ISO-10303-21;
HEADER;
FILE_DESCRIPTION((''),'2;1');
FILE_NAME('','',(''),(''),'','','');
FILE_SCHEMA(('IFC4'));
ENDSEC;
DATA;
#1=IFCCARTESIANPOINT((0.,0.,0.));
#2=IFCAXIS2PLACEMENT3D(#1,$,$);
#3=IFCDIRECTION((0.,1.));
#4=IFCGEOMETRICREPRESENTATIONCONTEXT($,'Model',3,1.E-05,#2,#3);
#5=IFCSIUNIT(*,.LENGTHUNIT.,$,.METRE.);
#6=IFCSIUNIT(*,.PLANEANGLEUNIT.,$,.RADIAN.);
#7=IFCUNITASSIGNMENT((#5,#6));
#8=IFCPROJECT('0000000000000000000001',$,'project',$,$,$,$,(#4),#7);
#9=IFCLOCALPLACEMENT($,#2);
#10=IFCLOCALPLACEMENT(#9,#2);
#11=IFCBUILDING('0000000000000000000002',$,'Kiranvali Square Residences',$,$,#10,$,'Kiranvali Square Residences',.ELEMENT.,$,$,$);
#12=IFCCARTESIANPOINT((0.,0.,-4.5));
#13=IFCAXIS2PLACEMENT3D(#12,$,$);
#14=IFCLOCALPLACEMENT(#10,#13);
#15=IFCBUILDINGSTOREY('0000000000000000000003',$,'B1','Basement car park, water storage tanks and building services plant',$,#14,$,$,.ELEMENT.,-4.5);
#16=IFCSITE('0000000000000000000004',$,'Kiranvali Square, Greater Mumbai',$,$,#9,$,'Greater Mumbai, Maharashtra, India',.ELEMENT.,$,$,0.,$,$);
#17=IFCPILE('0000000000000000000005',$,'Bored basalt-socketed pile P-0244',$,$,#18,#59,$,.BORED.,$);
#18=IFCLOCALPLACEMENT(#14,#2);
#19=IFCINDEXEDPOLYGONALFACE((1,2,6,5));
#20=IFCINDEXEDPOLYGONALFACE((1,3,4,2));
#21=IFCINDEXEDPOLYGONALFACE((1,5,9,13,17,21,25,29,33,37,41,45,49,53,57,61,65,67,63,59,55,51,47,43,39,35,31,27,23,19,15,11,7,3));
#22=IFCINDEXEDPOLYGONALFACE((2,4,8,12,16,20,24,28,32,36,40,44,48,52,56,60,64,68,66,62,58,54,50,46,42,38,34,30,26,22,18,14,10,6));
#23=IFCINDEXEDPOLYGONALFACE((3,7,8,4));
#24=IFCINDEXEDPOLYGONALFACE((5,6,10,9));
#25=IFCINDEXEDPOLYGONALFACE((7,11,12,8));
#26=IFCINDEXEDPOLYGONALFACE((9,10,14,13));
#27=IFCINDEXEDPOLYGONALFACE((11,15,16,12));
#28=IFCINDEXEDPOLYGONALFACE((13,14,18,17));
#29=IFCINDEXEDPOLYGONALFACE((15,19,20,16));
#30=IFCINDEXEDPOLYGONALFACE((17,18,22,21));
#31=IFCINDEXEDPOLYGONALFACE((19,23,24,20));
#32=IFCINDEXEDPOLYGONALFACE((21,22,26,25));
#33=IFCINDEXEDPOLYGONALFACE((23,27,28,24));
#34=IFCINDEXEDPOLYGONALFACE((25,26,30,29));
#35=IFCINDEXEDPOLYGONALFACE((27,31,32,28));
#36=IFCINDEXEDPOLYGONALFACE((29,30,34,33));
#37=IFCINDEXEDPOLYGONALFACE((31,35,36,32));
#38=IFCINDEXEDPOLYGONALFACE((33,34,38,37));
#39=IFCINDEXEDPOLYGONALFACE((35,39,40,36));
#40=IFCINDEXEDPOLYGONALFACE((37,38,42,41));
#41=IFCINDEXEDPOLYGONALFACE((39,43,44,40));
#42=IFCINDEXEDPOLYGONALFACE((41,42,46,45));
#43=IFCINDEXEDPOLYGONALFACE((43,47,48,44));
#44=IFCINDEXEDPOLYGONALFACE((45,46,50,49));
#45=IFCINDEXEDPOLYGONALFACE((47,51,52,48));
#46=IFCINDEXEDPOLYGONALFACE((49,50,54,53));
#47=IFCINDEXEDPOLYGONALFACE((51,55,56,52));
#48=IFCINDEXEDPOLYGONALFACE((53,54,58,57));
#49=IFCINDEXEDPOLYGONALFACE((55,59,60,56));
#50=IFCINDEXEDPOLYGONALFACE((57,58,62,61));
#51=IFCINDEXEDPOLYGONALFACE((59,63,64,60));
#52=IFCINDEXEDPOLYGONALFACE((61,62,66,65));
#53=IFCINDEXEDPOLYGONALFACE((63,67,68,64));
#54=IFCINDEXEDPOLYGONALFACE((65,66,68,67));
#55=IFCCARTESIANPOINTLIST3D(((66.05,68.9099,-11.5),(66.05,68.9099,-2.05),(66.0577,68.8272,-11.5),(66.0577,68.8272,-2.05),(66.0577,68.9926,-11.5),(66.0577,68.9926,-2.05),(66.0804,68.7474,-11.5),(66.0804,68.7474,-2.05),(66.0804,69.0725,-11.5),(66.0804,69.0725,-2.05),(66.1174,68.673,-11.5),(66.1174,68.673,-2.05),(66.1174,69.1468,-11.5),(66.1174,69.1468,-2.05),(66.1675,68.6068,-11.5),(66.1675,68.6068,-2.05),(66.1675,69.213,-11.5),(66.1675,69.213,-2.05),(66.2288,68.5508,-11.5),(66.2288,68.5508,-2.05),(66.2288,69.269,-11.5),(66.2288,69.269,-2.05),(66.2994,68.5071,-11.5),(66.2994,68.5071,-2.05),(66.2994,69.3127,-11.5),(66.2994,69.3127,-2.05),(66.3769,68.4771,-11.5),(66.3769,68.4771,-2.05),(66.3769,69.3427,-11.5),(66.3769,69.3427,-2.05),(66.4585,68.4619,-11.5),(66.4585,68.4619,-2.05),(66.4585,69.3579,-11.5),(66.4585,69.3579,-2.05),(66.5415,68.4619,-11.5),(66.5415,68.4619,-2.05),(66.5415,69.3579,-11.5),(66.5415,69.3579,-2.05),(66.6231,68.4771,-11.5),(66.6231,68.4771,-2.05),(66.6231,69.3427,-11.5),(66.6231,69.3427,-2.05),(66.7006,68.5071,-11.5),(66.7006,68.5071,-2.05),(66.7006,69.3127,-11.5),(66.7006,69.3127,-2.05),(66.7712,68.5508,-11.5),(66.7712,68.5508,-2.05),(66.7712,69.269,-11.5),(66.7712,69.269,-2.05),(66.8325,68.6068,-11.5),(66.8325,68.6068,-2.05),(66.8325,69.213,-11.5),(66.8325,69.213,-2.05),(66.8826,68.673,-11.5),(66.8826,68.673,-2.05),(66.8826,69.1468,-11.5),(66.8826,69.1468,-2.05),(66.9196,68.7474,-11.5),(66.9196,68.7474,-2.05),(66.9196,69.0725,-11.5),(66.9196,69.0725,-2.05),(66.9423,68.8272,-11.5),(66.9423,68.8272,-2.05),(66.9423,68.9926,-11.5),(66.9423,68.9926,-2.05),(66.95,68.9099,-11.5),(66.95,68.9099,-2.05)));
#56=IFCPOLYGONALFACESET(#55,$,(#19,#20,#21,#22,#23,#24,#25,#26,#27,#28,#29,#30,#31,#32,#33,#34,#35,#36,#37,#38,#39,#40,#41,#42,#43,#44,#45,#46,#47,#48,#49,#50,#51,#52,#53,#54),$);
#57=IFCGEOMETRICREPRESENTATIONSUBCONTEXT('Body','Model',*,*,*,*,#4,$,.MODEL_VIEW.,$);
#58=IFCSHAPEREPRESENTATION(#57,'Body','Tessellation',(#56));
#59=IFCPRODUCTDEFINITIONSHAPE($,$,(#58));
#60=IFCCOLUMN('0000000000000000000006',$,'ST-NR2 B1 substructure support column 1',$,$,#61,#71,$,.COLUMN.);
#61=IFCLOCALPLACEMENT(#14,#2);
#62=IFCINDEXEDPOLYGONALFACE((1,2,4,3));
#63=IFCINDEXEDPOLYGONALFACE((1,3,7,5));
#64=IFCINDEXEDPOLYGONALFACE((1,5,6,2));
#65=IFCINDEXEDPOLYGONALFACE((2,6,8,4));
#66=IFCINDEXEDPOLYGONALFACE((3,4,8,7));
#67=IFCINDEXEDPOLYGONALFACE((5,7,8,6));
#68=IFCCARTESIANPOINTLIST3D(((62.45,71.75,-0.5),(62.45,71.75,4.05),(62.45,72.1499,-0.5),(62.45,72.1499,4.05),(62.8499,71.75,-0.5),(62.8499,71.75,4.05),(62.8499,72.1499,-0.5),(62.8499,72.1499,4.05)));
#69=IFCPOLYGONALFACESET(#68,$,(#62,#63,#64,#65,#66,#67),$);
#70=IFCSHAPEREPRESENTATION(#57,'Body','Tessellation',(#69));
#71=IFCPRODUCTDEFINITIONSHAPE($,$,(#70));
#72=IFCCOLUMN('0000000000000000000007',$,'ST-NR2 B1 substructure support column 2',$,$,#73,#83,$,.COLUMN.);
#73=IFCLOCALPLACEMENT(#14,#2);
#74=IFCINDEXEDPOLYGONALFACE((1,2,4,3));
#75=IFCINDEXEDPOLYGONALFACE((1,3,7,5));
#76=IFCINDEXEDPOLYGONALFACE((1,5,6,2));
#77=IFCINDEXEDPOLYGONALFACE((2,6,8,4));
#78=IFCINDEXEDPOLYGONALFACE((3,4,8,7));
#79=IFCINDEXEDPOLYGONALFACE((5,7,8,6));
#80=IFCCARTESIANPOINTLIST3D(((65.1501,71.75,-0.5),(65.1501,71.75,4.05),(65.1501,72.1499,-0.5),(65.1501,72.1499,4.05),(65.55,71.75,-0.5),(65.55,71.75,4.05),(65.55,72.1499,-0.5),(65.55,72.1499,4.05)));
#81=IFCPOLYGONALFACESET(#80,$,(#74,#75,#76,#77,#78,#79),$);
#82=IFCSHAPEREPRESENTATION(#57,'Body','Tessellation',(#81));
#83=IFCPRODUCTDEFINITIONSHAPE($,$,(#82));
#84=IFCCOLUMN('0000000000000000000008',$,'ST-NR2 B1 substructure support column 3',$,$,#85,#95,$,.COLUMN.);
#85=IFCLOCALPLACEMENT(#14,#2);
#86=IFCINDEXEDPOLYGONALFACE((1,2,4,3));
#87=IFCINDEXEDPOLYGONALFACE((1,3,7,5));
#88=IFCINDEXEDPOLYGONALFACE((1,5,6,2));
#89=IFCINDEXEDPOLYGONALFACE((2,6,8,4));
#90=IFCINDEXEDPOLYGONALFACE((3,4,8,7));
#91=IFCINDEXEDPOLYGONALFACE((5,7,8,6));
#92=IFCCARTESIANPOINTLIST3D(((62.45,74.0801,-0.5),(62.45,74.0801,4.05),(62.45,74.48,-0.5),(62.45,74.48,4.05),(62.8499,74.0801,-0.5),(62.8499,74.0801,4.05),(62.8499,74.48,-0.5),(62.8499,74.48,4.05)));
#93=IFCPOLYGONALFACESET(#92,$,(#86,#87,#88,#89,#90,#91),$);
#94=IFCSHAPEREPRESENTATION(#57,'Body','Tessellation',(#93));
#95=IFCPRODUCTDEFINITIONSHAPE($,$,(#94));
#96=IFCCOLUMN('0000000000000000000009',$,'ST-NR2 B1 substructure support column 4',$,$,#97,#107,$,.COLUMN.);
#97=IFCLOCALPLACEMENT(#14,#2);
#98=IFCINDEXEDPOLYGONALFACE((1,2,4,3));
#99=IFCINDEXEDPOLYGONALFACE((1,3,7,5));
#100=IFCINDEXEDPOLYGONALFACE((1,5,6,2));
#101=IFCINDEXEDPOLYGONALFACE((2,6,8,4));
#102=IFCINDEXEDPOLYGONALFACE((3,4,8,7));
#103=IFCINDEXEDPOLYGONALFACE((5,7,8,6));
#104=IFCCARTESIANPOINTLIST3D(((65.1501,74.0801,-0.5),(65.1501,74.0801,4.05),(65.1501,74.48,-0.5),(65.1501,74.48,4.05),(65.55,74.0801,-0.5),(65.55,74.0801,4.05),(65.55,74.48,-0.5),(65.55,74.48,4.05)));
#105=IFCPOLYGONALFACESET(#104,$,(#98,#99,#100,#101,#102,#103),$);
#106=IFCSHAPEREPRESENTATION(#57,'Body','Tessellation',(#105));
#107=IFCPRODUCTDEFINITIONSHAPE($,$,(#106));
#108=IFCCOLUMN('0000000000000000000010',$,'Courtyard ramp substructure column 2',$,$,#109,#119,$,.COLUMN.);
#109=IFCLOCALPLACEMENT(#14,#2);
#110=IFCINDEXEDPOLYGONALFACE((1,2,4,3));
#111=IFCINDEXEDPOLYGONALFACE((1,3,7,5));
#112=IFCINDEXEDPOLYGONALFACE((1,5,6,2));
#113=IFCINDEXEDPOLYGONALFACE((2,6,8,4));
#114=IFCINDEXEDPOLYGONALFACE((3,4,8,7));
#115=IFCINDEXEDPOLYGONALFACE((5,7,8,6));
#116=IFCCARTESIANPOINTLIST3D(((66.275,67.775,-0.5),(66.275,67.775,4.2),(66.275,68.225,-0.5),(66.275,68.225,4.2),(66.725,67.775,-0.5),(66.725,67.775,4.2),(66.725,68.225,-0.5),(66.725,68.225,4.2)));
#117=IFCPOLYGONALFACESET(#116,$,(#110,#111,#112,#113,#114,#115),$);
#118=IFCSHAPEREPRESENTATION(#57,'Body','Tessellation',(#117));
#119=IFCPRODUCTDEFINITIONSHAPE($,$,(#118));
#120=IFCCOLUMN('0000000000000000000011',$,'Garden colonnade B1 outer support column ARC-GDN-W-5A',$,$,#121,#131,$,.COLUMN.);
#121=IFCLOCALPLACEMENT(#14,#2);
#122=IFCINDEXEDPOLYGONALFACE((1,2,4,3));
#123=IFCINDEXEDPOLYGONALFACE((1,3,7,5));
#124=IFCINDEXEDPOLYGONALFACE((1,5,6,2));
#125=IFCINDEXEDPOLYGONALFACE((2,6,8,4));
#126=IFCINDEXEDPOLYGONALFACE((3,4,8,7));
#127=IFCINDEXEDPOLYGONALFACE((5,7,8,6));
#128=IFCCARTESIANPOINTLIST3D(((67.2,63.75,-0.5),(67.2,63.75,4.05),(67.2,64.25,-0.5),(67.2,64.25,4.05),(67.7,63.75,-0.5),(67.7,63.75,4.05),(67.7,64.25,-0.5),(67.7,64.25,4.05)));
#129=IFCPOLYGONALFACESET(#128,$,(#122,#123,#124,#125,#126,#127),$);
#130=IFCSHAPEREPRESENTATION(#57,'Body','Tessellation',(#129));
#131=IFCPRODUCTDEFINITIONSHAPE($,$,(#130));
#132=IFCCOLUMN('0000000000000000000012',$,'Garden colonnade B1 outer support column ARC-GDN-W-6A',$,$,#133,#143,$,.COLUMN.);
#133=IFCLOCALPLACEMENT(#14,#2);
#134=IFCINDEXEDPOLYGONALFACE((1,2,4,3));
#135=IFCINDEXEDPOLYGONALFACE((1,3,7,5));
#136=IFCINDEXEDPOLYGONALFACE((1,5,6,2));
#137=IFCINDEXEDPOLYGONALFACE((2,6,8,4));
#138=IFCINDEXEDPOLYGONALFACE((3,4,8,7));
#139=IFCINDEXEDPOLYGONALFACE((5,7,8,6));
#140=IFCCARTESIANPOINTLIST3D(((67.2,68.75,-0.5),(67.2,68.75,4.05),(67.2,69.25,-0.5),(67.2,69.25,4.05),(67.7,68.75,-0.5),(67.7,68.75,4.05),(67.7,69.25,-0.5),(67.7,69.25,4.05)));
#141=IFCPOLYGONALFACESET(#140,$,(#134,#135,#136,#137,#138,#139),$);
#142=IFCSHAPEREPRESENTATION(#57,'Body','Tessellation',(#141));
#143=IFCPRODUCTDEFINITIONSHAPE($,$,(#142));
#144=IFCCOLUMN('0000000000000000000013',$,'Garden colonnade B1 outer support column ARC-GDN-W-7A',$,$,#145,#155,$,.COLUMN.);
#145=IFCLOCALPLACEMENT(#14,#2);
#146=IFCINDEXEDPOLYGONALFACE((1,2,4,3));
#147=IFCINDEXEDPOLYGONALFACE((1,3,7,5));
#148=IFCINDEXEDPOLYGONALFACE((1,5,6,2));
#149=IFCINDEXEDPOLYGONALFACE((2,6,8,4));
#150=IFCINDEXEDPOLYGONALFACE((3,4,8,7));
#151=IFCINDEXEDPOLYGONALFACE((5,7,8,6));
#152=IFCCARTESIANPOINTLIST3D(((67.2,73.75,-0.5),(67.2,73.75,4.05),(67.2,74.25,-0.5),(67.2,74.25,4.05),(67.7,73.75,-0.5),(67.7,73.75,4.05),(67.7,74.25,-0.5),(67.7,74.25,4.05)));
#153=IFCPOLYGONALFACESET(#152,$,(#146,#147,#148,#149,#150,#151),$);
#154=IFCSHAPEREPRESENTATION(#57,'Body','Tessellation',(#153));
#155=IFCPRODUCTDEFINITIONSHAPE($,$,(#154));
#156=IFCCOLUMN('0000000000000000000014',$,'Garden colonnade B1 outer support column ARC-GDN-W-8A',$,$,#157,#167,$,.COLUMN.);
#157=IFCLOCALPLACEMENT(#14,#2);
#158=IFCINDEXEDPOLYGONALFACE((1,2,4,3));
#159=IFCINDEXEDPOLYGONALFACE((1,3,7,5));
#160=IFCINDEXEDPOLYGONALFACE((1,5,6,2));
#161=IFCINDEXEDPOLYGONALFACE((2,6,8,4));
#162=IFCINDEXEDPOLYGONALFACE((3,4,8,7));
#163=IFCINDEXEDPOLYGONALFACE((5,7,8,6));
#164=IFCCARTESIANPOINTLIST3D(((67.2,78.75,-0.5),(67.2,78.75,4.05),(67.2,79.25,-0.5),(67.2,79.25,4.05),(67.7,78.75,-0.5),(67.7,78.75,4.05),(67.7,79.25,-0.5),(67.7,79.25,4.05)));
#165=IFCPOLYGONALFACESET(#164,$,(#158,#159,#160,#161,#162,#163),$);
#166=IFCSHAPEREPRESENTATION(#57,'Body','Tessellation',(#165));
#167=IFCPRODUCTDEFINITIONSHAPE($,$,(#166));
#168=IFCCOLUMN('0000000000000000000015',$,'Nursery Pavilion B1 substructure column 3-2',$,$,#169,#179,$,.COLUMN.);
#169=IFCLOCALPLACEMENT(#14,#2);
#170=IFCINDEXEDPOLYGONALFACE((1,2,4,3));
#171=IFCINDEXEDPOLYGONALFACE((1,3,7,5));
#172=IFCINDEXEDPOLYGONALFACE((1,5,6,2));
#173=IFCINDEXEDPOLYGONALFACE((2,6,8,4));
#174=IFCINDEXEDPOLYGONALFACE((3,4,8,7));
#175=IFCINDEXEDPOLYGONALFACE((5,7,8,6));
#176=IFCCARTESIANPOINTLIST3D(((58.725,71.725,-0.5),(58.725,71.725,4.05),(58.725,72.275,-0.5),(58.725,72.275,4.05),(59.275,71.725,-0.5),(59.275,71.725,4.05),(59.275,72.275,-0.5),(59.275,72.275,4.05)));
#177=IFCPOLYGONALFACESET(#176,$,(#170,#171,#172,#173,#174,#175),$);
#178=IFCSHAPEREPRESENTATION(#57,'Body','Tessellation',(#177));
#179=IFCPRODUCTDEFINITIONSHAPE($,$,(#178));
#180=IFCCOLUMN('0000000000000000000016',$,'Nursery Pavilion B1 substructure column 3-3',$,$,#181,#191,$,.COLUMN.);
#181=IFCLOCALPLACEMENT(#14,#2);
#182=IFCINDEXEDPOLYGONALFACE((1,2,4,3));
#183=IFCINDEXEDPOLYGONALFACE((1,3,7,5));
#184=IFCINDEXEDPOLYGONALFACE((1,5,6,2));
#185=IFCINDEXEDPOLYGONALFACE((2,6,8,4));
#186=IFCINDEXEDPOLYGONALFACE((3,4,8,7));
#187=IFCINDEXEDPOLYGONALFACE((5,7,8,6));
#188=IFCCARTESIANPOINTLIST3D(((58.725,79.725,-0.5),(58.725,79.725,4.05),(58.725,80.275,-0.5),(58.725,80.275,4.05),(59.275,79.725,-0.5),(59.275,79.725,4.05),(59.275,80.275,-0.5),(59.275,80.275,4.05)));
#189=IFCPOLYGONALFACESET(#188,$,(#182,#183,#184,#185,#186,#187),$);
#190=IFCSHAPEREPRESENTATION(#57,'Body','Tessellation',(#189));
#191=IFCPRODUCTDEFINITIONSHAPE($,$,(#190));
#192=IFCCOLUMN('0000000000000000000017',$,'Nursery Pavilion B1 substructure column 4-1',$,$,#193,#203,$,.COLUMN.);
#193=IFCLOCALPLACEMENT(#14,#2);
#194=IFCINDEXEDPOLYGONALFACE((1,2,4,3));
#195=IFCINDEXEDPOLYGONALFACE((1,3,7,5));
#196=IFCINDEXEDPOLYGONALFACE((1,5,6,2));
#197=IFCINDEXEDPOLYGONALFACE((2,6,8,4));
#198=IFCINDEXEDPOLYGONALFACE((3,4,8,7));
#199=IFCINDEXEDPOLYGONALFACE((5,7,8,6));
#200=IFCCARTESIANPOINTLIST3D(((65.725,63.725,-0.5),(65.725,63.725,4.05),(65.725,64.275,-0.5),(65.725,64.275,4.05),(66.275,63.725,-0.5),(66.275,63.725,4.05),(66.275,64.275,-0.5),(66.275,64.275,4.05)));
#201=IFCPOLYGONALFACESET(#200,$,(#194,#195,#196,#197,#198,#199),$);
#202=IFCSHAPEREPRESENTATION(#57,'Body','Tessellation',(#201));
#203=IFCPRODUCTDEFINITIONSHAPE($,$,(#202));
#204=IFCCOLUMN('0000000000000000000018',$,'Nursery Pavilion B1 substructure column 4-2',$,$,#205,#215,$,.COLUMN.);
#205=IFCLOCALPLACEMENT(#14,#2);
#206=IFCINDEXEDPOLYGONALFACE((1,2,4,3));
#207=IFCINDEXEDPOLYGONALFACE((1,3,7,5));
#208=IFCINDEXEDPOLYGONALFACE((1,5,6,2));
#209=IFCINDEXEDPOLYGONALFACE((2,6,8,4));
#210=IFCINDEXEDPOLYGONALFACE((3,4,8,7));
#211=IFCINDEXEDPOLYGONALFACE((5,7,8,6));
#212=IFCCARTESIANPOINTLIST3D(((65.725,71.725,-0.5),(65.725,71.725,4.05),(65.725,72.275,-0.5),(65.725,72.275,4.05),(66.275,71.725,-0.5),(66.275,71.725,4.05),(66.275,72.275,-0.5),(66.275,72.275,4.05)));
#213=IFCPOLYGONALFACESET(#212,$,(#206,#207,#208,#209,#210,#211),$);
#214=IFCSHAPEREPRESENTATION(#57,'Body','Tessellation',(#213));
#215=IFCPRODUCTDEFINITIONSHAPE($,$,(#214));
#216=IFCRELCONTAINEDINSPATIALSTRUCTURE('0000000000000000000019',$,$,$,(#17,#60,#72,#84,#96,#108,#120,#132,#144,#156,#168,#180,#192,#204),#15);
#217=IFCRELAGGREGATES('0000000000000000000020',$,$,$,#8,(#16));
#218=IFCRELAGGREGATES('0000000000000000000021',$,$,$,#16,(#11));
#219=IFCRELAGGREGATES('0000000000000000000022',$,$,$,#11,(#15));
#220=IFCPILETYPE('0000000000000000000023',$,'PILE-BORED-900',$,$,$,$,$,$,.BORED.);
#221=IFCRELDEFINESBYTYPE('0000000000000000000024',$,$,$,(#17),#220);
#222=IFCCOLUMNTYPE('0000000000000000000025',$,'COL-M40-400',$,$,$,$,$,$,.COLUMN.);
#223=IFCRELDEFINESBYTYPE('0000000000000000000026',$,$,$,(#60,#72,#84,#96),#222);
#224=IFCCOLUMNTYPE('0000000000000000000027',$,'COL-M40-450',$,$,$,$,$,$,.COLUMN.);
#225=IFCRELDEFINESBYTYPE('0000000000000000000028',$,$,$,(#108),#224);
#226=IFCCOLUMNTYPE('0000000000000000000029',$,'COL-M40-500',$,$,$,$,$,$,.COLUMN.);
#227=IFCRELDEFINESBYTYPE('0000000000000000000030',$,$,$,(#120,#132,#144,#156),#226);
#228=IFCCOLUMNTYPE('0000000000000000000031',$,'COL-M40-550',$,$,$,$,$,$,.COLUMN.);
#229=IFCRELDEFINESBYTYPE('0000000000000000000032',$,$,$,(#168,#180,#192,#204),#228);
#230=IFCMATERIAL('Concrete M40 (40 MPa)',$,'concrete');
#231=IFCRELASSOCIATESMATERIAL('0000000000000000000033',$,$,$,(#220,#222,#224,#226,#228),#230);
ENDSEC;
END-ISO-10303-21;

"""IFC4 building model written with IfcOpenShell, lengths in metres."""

from ifc_helpers import new_model, si_unit, direction, frame, origin, origin_2d, place, context, subcontext, project, spatial, rectangle, circle, extrude, material, material_profile, profile_set, type_object, element, save


model = new_model("IFC4")

# Units and contexts
model_context = context("Model", 3, precision=1e-05, world=origin(), true_north=direction((0.0, 1.0)))
body_context = subcontext(model_context, "Body", "Model", "MODEL_VIEW")
ifc_project = project(units=[si_unit("LENGTHUNIT", "METRE"), si_unit("PLANEANGLEUNIT", "RADIAN")], contexts=[model_context])

# Site, building, storey
site_placement = place(None, origin())
site = spatial("IfcSite", under=ifc_project, at=site_placement, Name="Kiranvali Square, Greater Mumbai", LongName="Greater Mumbai, Maharashtra, India", CompositionType="ELEMENT", RefElevation=0.0)
building_placement = place(site_placement, origin())
building = spatial("IfcBuilding", under=site, at=building_placement, Name="Kiranvali Square Residences", LongName="Kiranvali Square Residences", CompositionType="ELEMENT")
storey_placement = place(building_placement, frame((0.0, 0.0, -4.5)))
storey = spatial("IfcBuildingStorey", under=building, at=storey_placement, Name="B1", Description="Basement car park, water storage tanks and building services plant", CompositionType="ELEMENT", Elevation=-4.5)

# Shared definitions
ifc_material = material(Name="Concrete M40 (40 MPa)", Category="concrete")

# Pile
ifc_material_profile_1 = material_profile(ifc_material, circle(Radius=0.45, at=origin_2d()), Name="BORED PILE 900")
ifc_profile_set_1 = profile_set([ifc_material_profile_1], Name="Concrete M40 (40 MPa)")
pile_type_1 = type_object("IfcPileType", Name="PILE-BORED-900", PredefinedType="BORED", material=ifc_profile_set_1)
pile_1_placement = place(storey_placement, frame((66.5, 68.9099, -2.05), z_axis=(0.0, 0.0, -1.0), x_axis=(1.0, 0.0, 0.0)))
element("IfcPile", 1, at=pile_1_placement, inside=storey, type_object=pile_type_1, Name="Bored basalt-socketed pile P-0244", PredefinedType="BORED", context=body_context, shape_type="SweptSolid", body=[
    extrude(circle(Radius=0.45, at=origin_2d()), origin(), (0.0, 0.0, 1.0), 9.45),
])

# Columns
ifc_material_profile_2 = material_profile(ifc_material, rectangle(XDim=0.3999, YDim=0.3999, at=origin_2d()), Name="RC 400x400")
ifc_profile_set_2 = profile_set([ifc_material_profile_2], Name="Concrete M40 (40 MPa)")
column_type_1 = type_object("IfcColumnType", Name="COL-M40-400", PredefinedType="COLUMN", material=ifc_profile_set_2)
for number, where, z_axis, x_axis, name in (
    (2, (62.6499, 71.95, -0.5), (0.0, 0.0, 1.0), (1.0, 0.0, 0.0), "ST-NR2 B1 substructure support column 1"),
    (3, (65.3501, 71.95, -0.5), (0.0, 0.0, 1.0), (1.0, 0.0, 0.0), "ST-NR2 B1 substructure support column 2"),
    (4, (62.6499, 74.28, -0.5), (0.0, 0.0, 1.0), (1.0, 0.0, 0.0), "ST-NR2 B1 substructure support column 3"),
    (5, (65.3501, 74.28, -0.5), (0.0, 0.0, 1.0), (1.0, 0.0, 0.0), "ST-NR2 B1 substructure support column 4"),
):
    element("IfcColumn", number, at=place(storey_placement, frame(where, z_axis=z_axis, x_axis=x_axis)), inside=storey, type_object=column_type_1, Name=name, PredefinedType="COLUMN", context=body_context, shape_type="SweptSolid", body=[
        extrude(rectangle(XDim=0.3999, YDim=0.3999, at=origin_2d()), origin(), (0.0, 0.0, 1.0), 4.55),
    ])
ifc_material_profile_3 = material_profile(ifc_material, rectangle(XDim=0.45, YDim=0.45, at=origin_2d()), Name="RC 450x450")
ifc_profile_set_3 = profile_set([ifc_material_profile_3], Name="Concrete M40 (40 MPa)")
column_type_2 = type_object("IfcColumnType", Name="COL-M40-450", PredefinedType="COLUMN", material=ifc_profile_set_3)
column_placement = place(storey_placement, frame((66.5, 68.0, -0.5), z_axis=(0.0, 0.0, 1.0), x_axis=(1.0, 0.0, 0.0)))
element("IfcColumn", 6, at=column_placement, inside=storey, type_object=column_type_2, Name="Courtyard ramp substructure column 2", PredefinedType="COLUMN", context=body_context, shape_type="SweptSolid", body=[
    extrude(rectangle(XDim=0.45, YDim=0.45, at=origin_2d()), origin(), (0.0, 0.0, 1.0), 4.7),
])
ifc_material_profile_4 = material_profile(ifc_material, rectangle(XDim=0.5, YDim=0.5, at=origin_2d()), Name="RC 500x500")
ifc_profile_set_4 = profile_set([ifc_material_profile_4], Name="Concrete M40 (40 MPa)")
column_type_3 = type_object("IfcColumnType", Name="COL-M40-500", PredefinedType="COLUMN", material=ifc_profile_set_4)
for number, where, z_axis, x_axis, name in (
    (7, (67.45, 64.0, -0.5), (0.0, 0.0, 1.0), (1.0, 0.0, 0.0), "Garden colonnade B1 outer support column ARC-GDN-W-5A"),
    (8, (67.45, 69.0, -0.5), (0.0, 0.0, 1.0), (1.0, 0.0, 0.0), "Garden colonnade B1 outer support column ARC-GDN-W-6A"),
    (9, (67.45, 74.0, -0.5), (0.0, 0.0, 1.0), (1.0, 0.0, 0.0), "Garden colonnade B1 outer support column ARC-GDN-W-7A"),
    (10, (67.45, 79.0, -0.5), (0.0, 0.0, 1.0), (1.0, 0.0, 0.0), "Garden colonnade B1 outer support column ARC-GDN-W-8A"),
):
    element("IfcColumn", number, at=place(storey_placement, frame(where, z_axis=z_axis, x_axis=x_axis)), inside=storey, type_object=column_type_3, Name=name, PredefinedType="COLUMN", context=body_context, shape_type="SweptSolid", body=[
        extrude(rectangle(XDim=0.5, YDim=0.5, at=origin_2d()), origin(), (0.0, 0.0, 1.0), 4.55),
    ])
ifc_material_profile_5 = material_profile(ifc_material, rectangle(XDim=0.55, YDim=0.55, at=origin_2d()), Name="RC 550x550")
ifc_profile_set_5 = profile_set([ifc_material_profile_5], Name="Concrete M40 (40 MPa)")
column_type_4 = type_object("IfcColumnType", Name="COL-M40-550", PredefinedType="COLUMN", material=ifc_profile_set_5)
for number, where, z_axis, x_axis, name in (
    (11, (59.0, 72.0, -0.5), (0.0, 0.0, 1.0), (1.0, 0.0, 0.0), "Nursery Pavilion B1 substructure column 3-2"),
    (12, (59.0, 80.0, -0.5), (0.0, 0.0, 1.0), (1.0, 0.0, 0.0), "Nursery Pavilion B1 substructure column 3-3"),
    (13, (66.0, 64.0, -0.5), (0.0, 0.0, 1.0), (1.0, 0.0, 0.0), "Nursery Pavilion B1 substructure column 4-1"),
    (14, (66.0, 72.0, -0.5), (0.0, 0.0, 1.0), (1.0, 0.0, 0.0), "Nursery Pavilion B1 substructure column 4-2"),
):
    element("IfcColumn", number, at=place(storey_placement, frame(where, z_axis=z_axis, x_axis=x_axis)), inside=storey, type_object=column_type_4, Name=name, PredefinedType="COLUMN", context=body_context, shape_type="SweptSolid", body=[
        extrude(rectangle(XDim=0.55, YDim=0.55, at=origin_2d()), origin(), (0.0, 0.0, 1.0), 4.55),
    ])

save(model, "model.ifc")
